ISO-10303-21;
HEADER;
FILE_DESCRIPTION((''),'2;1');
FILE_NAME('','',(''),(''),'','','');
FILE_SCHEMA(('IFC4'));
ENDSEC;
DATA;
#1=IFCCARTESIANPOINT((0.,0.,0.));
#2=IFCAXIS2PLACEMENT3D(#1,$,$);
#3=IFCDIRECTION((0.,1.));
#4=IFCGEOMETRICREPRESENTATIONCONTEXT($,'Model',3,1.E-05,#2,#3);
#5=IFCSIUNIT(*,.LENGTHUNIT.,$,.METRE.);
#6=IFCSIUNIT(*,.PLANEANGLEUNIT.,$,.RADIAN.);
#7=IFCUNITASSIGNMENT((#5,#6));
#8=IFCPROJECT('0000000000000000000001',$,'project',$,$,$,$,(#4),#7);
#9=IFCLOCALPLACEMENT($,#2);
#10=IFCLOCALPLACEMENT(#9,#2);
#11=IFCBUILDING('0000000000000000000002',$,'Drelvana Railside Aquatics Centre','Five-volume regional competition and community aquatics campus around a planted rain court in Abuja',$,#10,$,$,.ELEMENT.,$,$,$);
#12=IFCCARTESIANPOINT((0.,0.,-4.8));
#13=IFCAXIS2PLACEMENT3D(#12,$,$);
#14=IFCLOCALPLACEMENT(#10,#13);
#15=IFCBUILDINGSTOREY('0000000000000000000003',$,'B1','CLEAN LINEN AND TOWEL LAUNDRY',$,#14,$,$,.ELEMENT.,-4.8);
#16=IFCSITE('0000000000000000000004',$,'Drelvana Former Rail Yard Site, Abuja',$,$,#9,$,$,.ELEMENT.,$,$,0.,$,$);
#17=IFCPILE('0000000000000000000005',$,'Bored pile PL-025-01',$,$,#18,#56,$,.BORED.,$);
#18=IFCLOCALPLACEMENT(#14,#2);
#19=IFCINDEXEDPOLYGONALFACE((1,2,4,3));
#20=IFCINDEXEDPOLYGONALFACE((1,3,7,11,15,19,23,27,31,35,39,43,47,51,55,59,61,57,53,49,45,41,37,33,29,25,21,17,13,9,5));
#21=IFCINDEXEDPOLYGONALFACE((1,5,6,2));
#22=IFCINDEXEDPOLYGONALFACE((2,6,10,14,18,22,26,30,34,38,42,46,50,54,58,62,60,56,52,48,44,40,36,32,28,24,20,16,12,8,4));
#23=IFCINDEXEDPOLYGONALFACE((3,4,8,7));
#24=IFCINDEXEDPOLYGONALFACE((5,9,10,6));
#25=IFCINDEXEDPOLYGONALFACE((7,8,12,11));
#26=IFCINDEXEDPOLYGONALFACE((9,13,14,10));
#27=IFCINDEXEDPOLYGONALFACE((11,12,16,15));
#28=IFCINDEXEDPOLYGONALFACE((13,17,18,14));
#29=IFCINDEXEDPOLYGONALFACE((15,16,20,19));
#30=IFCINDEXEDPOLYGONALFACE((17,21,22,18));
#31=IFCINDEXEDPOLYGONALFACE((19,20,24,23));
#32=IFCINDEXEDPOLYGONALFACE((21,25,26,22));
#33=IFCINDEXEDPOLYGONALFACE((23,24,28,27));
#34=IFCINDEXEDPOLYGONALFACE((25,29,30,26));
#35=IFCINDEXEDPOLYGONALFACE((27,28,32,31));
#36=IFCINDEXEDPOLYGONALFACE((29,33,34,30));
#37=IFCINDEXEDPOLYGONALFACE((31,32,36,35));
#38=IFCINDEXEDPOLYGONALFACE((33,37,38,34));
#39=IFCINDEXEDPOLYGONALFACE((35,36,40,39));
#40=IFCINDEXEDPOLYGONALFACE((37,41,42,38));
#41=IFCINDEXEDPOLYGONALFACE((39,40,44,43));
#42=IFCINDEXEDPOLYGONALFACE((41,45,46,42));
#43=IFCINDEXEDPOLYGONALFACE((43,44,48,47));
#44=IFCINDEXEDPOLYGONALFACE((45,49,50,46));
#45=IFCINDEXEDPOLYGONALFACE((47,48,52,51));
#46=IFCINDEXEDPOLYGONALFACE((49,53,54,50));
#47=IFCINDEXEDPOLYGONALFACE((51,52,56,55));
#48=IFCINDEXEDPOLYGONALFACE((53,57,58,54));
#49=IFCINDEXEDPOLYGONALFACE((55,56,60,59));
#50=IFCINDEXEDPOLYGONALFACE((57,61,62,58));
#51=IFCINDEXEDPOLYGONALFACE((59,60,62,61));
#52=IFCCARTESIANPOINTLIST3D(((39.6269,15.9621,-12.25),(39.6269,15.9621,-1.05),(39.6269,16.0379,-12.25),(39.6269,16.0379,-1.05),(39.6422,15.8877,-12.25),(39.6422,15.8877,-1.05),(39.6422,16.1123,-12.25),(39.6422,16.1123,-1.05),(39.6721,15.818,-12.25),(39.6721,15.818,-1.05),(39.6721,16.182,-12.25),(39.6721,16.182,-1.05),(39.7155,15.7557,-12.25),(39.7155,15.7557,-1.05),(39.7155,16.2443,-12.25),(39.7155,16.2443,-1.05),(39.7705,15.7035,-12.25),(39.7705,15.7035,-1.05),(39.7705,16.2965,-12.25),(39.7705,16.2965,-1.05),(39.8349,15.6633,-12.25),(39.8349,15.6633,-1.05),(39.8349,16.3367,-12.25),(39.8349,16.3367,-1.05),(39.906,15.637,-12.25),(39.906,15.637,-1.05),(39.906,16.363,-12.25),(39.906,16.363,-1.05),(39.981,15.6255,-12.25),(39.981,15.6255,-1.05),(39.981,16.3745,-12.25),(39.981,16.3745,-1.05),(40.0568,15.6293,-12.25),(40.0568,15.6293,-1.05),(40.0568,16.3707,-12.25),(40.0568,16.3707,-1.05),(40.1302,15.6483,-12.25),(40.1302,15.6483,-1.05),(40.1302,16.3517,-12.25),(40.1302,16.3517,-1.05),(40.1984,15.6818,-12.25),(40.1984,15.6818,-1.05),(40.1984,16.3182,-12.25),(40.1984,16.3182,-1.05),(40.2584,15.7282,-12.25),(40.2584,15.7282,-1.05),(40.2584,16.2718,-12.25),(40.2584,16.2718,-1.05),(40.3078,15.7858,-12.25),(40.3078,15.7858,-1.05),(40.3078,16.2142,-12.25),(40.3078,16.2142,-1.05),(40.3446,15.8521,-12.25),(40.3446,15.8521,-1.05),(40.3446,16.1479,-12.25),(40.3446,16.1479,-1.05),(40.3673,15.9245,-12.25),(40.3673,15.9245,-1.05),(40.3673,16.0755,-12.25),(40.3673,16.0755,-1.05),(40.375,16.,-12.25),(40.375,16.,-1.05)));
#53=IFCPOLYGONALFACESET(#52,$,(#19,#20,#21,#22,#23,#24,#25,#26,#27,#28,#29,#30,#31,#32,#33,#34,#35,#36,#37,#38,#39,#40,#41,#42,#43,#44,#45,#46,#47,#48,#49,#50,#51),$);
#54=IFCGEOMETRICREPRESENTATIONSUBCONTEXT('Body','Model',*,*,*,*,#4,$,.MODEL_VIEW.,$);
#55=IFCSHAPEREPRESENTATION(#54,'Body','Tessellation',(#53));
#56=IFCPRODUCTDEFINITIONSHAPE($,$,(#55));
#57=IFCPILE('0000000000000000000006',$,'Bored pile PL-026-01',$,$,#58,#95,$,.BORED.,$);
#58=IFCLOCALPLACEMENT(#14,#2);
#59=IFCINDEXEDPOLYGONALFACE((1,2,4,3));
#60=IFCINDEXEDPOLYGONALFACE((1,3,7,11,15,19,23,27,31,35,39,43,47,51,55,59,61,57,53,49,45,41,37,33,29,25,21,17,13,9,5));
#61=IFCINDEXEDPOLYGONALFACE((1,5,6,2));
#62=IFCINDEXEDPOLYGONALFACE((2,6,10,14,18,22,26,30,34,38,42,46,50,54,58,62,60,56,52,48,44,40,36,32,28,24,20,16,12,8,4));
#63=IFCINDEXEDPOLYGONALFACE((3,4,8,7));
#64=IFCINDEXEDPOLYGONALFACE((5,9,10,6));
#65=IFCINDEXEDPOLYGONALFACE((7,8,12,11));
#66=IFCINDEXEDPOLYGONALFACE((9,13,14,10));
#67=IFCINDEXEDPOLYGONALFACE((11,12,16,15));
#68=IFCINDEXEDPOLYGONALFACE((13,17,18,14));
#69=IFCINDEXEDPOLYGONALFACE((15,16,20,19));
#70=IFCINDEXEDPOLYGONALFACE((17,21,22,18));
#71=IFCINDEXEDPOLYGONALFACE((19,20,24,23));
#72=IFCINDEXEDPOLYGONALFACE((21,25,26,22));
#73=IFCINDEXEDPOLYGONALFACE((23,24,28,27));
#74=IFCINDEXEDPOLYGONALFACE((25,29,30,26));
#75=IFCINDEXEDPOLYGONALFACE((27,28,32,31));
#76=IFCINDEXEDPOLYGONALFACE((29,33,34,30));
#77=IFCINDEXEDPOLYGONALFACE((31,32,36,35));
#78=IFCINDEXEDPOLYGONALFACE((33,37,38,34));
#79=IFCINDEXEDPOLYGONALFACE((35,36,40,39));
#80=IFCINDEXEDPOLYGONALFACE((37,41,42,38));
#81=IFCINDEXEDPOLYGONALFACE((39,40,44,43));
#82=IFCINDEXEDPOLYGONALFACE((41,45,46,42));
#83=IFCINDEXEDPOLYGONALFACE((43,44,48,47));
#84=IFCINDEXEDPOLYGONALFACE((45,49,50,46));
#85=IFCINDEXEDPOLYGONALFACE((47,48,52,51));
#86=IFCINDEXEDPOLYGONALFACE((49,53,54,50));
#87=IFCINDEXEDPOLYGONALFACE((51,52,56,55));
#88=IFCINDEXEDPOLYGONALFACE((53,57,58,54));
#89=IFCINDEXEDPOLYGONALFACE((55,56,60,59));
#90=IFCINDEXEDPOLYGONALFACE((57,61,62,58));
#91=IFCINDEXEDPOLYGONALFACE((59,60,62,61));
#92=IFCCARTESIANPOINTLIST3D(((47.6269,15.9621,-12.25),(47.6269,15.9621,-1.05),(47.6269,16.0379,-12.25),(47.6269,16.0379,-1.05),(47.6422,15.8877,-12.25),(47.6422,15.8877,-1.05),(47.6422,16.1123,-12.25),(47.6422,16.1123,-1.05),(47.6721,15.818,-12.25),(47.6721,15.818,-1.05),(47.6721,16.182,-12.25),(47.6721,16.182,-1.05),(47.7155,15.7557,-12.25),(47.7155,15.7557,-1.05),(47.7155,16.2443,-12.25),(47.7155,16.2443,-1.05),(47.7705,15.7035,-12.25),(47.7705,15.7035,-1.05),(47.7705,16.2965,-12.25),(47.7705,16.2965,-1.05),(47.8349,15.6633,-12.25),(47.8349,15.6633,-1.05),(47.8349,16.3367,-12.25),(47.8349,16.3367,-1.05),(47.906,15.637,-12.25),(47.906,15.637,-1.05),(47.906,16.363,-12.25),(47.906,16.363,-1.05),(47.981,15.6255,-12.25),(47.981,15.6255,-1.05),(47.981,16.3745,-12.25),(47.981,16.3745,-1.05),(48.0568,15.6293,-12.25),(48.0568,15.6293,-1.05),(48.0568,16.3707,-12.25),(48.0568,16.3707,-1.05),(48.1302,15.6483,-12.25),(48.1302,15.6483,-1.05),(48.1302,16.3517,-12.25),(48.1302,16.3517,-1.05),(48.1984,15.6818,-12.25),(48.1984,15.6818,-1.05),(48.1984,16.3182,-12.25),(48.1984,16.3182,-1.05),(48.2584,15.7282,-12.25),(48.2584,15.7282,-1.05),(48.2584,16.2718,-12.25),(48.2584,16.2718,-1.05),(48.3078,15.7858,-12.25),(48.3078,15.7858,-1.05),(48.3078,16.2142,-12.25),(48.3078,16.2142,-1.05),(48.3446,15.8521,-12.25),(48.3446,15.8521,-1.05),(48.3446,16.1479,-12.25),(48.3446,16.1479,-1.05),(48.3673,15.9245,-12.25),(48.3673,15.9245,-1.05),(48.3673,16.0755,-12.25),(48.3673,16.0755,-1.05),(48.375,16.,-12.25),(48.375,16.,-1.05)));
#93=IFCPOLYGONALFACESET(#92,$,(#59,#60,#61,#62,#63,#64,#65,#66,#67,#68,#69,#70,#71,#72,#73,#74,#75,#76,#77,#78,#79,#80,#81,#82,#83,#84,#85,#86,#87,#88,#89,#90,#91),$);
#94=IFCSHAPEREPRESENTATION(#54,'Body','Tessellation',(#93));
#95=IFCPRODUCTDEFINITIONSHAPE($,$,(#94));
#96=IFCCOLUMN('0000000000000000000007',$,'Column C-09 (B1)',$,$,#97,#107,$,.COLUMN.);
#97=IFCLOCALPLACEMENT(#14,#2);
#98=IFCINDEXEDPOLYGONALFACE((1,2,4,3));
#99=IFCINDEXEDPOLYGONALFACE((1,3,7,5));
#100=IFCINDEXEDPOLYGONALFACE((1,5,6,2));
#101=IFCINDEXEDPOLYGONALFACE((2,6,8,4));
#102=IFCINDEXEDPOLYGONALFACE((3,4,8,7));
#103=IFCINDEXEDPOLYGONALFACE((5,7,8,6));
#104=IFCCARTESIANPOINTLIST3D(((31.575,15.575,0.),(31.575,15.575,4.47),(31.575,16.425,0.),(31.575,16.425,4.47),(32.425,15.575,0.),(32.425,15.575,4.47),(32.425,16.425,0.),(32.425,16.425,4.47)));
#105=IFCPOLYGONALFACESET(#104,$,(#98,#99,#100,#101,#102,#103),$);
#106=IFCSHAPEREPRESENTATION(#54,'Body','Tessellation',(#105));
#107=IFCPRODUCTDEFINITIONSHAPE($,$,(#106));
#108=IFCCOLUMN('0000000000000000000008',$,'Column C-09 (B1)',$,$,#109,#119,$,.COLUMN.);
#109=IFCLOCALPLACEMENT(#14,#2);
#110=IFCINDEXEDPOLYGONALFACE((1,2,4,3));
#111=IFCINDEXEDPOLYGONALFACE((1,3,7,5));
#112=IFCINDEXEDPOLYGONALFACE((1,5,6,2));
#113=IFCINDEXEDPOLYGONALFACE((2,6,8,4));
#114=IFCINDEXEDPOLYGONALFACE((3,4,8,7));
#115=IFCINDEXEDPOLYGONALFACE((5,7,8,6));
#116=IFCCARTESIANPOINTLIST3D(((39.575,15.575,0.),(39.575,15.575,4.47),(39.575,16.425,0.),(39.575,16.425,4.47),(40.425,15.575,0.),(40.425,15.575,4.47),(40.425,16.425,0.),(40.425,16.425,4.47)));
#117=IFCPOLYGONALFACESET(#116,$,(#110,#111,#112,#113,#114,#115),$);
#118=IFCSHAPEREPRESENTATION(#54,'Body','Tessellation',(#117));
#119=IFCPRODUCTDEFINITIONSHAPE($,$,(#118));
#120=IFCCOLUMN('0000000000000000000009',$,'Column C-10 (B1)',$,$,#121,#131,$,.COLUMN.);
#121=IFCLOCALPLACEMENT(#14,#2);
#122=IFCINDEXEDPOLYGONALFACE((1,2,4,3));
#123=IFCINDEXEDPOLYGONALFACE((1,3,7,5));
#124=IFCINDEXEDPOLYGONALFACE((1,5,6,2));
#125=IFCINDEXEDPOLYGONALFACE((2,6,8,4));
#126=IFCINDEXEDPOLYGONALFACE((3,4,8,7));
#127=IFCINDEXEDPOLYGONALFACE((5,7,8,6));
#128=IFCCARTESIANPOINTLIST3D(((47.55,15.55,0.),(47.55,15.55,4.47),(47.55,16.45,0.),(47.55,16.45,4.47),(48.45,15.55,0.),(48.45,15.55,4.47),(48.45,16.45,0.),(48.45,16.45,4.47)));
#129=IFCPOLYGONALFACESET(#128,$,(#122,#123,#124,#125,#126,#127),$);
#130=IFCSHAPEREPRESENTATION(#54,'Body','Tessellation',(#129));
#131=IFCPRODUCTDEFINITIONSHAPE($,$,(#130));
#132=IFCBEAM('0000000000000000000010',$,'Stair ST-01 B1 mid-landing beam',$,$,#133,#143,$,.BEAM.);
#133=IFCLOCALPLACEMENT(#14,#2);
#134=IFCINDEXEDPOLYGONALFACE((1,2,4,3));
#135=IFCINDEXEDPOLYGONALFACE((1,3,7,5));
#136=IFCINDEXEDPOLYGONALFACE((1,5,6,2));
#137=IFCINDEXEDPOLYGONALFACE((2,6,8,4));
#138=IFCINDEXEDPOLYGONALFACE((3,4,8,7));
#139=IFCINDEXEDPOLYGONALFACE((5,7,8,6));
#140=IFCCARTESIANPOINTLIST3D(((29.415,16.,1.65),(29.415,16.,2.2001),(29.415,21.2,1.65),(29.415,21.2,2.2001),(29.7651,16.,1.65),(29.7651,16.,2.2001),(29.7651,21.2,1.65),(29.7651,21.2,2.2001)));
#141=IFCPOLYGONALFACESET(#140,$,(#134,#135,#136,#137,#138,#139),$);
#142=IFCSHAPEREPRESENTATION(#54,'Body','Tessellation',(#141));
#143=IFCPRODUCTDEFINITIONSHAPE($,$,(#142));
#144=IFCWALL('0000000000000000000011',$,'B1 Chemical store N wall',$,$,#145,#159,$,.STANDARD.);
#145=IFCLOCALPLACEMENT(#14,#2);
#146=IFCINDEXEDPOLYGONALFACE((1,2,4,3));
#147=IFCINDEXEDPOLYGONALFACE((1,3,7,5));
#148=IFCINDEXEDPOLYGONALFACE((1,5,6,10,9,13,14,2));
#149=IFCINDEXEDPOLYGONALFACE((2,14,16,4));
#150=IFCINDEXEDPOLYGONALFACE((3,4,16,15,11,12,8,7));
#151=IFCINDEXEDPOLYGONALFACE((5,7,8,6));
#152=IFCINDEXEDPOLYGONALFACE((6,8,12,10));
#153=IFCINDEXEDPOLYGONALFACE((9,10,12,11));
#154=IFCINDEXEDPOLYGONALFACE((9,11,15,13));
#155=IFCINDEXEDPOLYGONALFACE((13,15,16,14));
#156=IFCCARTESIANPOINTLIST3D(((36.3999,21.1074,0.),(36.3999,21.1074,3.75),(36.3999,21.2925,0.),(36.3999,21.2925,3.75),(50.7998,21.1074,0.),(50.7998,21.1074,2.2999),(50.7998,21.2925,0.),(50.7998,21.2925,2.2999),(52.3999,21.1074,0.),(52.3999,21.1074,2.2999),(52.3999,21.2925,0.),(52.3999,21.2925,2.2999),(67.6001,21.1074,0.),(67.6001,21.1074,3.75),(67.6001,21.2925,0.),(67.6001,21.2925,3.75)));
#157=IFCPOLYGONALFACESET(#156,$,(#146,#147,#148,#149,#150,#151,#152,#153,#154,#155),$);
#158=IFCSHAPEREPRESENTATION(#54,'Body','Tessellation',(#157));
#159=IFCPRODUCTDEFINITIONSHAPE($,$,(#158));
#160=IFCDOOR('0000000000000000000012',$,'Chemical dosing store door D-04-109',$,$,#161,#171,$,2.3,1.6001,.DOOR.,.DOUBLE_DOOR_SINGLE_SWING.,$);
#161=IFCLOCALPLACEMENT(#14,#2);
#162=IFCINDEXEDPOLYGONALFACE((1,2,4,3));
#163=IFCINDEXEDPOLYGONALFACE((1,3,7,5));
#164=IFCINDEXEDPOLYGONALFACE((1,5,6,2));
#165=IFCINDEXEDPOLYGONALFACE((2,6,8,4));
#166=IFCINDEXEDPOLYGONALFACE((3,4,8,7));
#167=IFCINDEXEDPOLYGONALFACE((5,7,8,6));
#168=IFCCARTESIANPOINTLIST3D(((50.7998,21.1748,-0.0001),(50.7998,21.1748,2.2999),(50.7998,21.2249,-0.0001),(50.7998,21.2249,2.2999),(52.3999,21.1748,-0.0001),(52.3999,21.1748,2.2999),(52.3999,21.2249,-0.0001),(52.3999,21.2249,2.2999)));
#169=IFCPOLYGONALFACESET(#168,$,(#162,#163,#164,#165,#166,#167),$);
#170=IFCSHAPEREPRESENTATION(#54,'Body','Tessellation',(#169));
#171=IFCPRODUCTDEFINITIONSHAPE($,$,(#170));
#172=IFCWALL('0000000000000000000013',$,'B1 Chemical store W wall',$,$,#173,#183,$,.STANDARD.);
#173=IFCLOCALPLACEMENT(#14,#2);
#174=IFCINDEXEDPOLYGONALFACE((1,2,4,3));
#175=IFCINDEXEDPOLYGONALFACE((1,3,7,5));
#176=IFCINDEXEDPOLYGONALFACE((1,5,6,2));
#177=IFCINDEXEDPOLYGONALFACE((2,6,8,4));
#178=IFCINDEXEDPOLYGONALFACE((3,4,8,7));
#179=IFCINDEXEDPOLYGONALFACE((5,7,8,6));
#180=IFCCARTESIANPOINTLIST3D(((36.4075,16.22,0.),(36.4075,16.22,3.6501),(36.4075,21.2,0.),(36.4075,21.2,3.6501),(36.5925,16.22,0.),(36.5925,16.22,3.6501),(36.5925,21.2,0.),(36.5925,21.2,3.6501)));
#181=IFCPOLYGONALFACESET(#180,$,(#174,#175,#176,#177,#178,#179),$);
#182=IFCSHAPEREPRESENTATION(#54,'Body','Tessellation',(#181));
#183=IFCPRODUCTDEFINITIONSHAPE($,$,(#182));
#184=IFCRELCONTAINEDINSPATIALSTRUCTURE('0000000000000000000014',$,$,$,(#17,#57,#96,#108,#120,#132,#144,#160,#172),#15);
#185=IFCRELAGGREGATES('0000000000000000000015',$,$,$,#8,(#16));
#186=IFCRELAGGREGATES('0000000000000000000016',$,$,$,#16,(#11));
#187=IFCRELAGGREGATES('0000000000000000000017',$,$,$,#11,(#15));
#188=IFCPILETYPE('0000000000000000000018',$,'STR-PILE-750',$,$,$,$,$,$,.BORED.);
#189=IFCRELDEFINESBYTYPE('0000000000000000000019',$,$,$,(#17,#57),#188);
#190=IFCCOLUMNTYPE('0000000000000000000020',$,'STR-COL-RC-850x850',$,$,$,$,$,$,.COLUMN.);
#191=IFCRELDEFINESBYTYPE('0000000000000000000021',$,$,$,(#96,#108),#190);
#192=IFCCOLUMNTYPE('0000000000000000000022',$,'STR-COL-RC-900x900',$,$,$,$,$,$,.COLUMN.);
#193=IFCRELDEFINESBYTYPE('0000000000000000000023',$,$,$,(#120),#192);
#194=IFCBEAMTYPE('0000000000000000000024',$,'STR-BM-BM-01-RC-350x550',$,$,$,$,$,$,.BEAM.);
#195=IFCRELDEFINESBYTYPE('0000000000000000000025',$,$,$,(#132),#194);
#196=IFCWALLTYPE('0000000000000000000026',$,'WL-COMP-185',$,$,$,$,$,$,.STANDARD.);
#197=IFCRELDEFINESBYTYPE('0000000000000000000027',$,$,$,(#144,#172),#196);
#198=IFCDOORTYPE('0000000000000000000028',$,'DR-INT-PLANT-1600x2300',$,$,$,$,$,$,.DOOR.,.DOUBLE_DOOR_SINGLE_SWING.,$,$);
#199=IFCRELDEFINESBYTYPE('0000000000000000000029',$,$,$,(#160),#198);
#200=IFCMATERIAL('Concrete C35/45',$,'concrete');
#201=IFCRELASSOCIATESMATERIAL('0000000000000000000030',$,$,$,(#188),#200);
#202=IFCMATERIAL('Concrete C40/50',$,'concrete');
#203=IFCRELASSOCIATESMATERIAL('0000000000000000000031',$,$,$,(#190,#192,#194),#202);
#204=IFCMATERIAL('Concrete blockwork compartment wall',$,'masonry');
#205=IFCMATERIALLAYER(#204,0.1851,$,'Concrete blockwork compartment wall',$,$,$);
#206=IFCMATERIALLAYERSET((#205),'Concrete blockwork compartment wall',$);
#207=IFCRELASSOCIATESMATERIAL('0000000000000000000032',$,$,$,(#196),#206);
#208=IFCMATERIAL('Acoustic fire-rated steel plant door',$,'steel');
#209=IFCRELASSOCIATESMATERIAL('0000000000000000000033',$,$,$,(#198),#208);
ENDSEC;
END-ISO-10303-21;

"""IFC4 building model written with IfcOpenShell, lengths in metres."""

from ifc_helpers import new_model, si_unit, direction, frame, frame_2d, origin, origin_2d, place, context, subcontext, project, spatial, rectangle, circle, extrude, material, layer, layer_set, material_profile, profile_set, type_object, element, fill, save


model = new_model("IFC4")

# Units and contexts
model_context = context("Model", 3, precision=1e-05, world=origin(), true_north=direction((0.0, 1.0)))
body_context = subcontext(model_context, "Body", "Model", "MODEL_VIEW")
ifc_project = project(units=[si_unit("LENGTHUNIT", "METRE"), si_unit("PLANEANGLEUNIT", "RADIAN")], contexts=[model_context])

# Site, building, storey
site_placement = place(None, origin())
site = spatial("IfcSite", under=ifc_project, at=site_placement, Name="Drelvana Former Rail Yard Site, Abuja", CompositionType="ELEMENT", RefElevation=0.0)
building_placement = place(site_placement, origin())
building = spatial("IfcBuilding", under=site, at=building_placement, Name="Drelvana Railside Aquatics Centre", Description="Five-volume regional competition and community aquatics campus around a planted rain court in Abuja", CompositionType="ELEMENT")
storey_placement = place(building_placement, frame((0.0, 0.0, -4.8)))
storey = spatial("IfcBuildingStorey", under=building, at=storey_placement, Name="B1", Description="CLEAN LINEN AND TOWEL LAUNDRY", CompositionType="ELEMENT", Elevation=-4.8)

# Shared definitions
ifc_material_1 = material(Name="Concrete C35/45", Category="concrete")

# Piles
ifc_material_profile_1 = material_profile(ifc_material_1, circle(Radius=0.375, at=origin_2d()), Name="PILE D750")
ifc_profile_set_1 = profile_set([ifc_material_profile_1], Name="Concrete C35/45")
pile_type_1 = type_object("IfcPileType", Name="STR-PILE-750", PredefinedType="BORED", material=ifc_profile_set_1)
for number, where, z_axis, x_axis, name in (
    (1, (40.0, 16.0, -1.05), (0.0, 0.0, -1.0), (1.0, 0.0, 0.0), "Bored pile PL-025-01"),
    (2, (48.0, 16.0, -1.05), (0.0, 0.0, -1.0), (1.0, 0.0, 0.0), "Bored pile PL-026-01"),
):
    element("IfcPile", number, at=place(storey_placement, frame(where, z_axis=z_axis, x_axis=x_axis)), inside=storey, type_object=pile_type_1, Name=name, PredefinedType="BORED", context=body_context, shape_type="SweptSolid", body=[
        extrude(circle(Radius=0.375, at=origin_2d()), origin(), (0.0, 0.0, 1.0), 11.2),
    ])

# Columns
ifc_material_2 = material(Name="Concrete C40/50", Category="concrete")
ifc_material_profile_2 = material_profile(ifc_material_2, rectangle(XDim=0.8501, YDim=0.8501, at=origin_2d()), Name="RC 850x850")
ifc_profile_set_2 = profile_set([ifc_material_profile_2], Name="Concrete C40/50")
column_type_1 = type_object("IfcColumnType", Name="STR-COL-RC-850x850", PredefinedType="COLUMN", material=ifc_profile_set_2)
for number, where, z_axis, x_axis, name in (
    (3, (32.0, 16.0, 0.0), (0.0, 0.0, 1.0), (1.0, 0.0, 0.0), "Column C-09 (B1)"),
    (4, (40.0, 16.0, 0.0), (0.0, 0.0, 1.0), (1.0, 0.0, 0.0), "Column C-09 (B1)"),
):
    element("IfcColumn", number, at=place(storey_placement, frame(where, z_axis=z_axis, x_axis=x_axis)), inside=storey, type_object=column_type_1, Name=name, PredefinedType="COLUMN", context=body_context, shape_type="SweptSolid", body=[
        extrude(rectangle(XDim=0.8501, YDim=0.8501, at=origin_2d()), origin(), (0.0, 0.0, 1.0), 4.47),
    ])
ifc_material_profile_3 = material_profile(ifc_material_2, rectangle(XDim=0.8999, YDim=0.8999, at=origin_2d()), Name="RC 900x900")
ifc_profile_set_3 = profile_set([ifc_material_profile_3], Name="Concrete C40/50")
column_type_2 = type_object("IfcColumnType", Name="STR-COL-RC-900x900", PredefinedType="COLUMN", material=ifc_profile_set_3)
column_placement = place(storey_placement, frame((48.0, 16.0, 0.0), z_axis=(0.0, 0.0, 1.0), x_axis=(1.0, 0.0, 0.0)))
element("IfcColumn", 5, at=column_placement, inside=storey, type_object=column_type_2, Name="Column C-10 (B1)", PredefinedType="COLUMN", context=body_context, shape_type="SweptSolid", body=[
    extrude(rectangle(XDim=0.8999, YDim=0.8999, at=origin_2d()), origin(), (0.0, 0.0, 1.0), 4.47),
])

# Beam
ifc_material_profile_4 = material_profile(ifc_material_2, rectangle(XDim=0.3501, YDim=0.55, at=origin_2d()), Name="RC 350x550")
ifc_profile_set_4 = profile_set([ifc_material_profile_4], Name="Concrete C40/50")
beam_type = type_object("IfcBeamType", Name="STR-BM-BM-01-RC-350x550", PredefinedType="BEAM", material=ifc_profile_set_4)
beam_placement = place(storey_placement, frame((29.5901, 16.0, 1.925), z_axis=(0.0, 1.0, 0.0), x_axis=(-1.0, 0.0, 0.0)))
element("IfcBeam", 6, at=beam_placement, inside=storey, type_object=beam_type, Name="Stair ST-01 B1 mid-landing beam", PredefinedType="BEAM", context=body_context, shape_type="SweptSolid", body=[
    extrude(rectangle(XDim=0.3501, YDim=0.55, at=origin_2d()), origin(), (0.0, 0.0, 1.0), 5.2),
])

# Wall, opening, door
ifc_material_3 = material(Name="Concrete blockwork compartment wall", Category="masonry")
ifc_layer_1 = layer(ifc_material_3, 0.1851, Name="Concrete blockwork compartment wall")
ifc_layer_set_1 = layer_set([ifc_layer_1], Name="Concrete blockwork compartment wall")
wall_type_1 = type_object("IfcWallType", Name="WL-COMP-185", PredefinedType="STANDARD", material=ifc_layer_set_1)
wall_1_placement = place(storey_placement, frame((36.3999, 21.2, 0.0), z_axis=(0.0, 0.0, 1.0), x_axis=(1.0, 0.0, 0.0)))
wall_1 = element("IfcWall", 7, at=wall_1_placement, inside=storey, type_object=wall_type_1, Name="B1 Chemical store N wall", PredefinedType="STANDARD", context=body_context, shape_type="SweptSolid", body=[
    extrude(rectangle(XDim=31.2002, YDim=0.1851, at=frame_2d((15.6001, 0.0))), origin(), (0.0, 0.0, 1.0), 3.75),
])
opening_1_placement = place(wall_1_placement, frame((14.3999, 0.0, 0.0)))
opening_1 = element("IfcOpeningElement", 8, at=opening_1_placement, cuts=wall_1, PredefinedType="OPENING", context=body_context, shape_type="SweptSolid", body=[
    extrude(rectangle(XDim=1.6001, YDim=2.3, at=frame_2d((0.8, 1.1499))), frame((0.0, 0.1025, 0.0), z_axis=(0.0, -1.0, 0.0), x_axis=(1.0, 0.0, 0.0)), (0.0, 0.0, 1.0), 0.2051),
])
ifc_material_4 = material(Name="Acoustic fire-rated steel plant door", Category="steel")
door_type_1 = type_object("IfcDoorType", Name="DR-INT-PLANT-1600x2300", OperationType="DOUBLE_DOOR_SINGLE_SWING", PredefinedType="DOOR", material=ifc_material_4)
door_1_placement = place(opening_1_placement, origin())
door_1 = element("IfcDoor", 9, at=door_1_placement, inside=storey, type_object=door_type_1, Name="Chemical dosing store door D-04-109", OperationType="DOUBLE_DOOR_SINGLE_SWING", OverallHeight=2.3, OverallWidth=1.6001, PredefinedType="DOOR", context=body_context, shape_type="SweptSolid", body=[
    extrude(rectangle(XDim=1.6001, YDim=2.3, at=frame_2d((0.8, 1.1499))), frame((0.0, 0.0249, 0.0), z_axis=(0.0, -1.0, 0.0), x_axis=(1.0, 0.0, 0.0)), (0.0, 0.0, 1.0), 0.05),
])
fill(opening_1, door_1)

# Wall
wall_2_placement = place(storey_placement, frame((36.5, 16.22, 0.0), z_axis=(0.0, 0.0, 1.0), x_axis=(0.0, 1.0, 0.0)))
element("IfcWall", 10, at=wall_2_placement, inside=storey, type_object=wall_type_1, Name="B1 Chemical store W wall", PredefinedType="STANDARD", context=body_context, shape_type="SweptSolid", body=[
    extrude(rectangle(XDim=4.98, YDim=0.1851, at=frame_2d((2.49, 0.0))), origin(), (0.0, 0.0, 1.0), 3.6501),
])

save(model, "model.ifc")
